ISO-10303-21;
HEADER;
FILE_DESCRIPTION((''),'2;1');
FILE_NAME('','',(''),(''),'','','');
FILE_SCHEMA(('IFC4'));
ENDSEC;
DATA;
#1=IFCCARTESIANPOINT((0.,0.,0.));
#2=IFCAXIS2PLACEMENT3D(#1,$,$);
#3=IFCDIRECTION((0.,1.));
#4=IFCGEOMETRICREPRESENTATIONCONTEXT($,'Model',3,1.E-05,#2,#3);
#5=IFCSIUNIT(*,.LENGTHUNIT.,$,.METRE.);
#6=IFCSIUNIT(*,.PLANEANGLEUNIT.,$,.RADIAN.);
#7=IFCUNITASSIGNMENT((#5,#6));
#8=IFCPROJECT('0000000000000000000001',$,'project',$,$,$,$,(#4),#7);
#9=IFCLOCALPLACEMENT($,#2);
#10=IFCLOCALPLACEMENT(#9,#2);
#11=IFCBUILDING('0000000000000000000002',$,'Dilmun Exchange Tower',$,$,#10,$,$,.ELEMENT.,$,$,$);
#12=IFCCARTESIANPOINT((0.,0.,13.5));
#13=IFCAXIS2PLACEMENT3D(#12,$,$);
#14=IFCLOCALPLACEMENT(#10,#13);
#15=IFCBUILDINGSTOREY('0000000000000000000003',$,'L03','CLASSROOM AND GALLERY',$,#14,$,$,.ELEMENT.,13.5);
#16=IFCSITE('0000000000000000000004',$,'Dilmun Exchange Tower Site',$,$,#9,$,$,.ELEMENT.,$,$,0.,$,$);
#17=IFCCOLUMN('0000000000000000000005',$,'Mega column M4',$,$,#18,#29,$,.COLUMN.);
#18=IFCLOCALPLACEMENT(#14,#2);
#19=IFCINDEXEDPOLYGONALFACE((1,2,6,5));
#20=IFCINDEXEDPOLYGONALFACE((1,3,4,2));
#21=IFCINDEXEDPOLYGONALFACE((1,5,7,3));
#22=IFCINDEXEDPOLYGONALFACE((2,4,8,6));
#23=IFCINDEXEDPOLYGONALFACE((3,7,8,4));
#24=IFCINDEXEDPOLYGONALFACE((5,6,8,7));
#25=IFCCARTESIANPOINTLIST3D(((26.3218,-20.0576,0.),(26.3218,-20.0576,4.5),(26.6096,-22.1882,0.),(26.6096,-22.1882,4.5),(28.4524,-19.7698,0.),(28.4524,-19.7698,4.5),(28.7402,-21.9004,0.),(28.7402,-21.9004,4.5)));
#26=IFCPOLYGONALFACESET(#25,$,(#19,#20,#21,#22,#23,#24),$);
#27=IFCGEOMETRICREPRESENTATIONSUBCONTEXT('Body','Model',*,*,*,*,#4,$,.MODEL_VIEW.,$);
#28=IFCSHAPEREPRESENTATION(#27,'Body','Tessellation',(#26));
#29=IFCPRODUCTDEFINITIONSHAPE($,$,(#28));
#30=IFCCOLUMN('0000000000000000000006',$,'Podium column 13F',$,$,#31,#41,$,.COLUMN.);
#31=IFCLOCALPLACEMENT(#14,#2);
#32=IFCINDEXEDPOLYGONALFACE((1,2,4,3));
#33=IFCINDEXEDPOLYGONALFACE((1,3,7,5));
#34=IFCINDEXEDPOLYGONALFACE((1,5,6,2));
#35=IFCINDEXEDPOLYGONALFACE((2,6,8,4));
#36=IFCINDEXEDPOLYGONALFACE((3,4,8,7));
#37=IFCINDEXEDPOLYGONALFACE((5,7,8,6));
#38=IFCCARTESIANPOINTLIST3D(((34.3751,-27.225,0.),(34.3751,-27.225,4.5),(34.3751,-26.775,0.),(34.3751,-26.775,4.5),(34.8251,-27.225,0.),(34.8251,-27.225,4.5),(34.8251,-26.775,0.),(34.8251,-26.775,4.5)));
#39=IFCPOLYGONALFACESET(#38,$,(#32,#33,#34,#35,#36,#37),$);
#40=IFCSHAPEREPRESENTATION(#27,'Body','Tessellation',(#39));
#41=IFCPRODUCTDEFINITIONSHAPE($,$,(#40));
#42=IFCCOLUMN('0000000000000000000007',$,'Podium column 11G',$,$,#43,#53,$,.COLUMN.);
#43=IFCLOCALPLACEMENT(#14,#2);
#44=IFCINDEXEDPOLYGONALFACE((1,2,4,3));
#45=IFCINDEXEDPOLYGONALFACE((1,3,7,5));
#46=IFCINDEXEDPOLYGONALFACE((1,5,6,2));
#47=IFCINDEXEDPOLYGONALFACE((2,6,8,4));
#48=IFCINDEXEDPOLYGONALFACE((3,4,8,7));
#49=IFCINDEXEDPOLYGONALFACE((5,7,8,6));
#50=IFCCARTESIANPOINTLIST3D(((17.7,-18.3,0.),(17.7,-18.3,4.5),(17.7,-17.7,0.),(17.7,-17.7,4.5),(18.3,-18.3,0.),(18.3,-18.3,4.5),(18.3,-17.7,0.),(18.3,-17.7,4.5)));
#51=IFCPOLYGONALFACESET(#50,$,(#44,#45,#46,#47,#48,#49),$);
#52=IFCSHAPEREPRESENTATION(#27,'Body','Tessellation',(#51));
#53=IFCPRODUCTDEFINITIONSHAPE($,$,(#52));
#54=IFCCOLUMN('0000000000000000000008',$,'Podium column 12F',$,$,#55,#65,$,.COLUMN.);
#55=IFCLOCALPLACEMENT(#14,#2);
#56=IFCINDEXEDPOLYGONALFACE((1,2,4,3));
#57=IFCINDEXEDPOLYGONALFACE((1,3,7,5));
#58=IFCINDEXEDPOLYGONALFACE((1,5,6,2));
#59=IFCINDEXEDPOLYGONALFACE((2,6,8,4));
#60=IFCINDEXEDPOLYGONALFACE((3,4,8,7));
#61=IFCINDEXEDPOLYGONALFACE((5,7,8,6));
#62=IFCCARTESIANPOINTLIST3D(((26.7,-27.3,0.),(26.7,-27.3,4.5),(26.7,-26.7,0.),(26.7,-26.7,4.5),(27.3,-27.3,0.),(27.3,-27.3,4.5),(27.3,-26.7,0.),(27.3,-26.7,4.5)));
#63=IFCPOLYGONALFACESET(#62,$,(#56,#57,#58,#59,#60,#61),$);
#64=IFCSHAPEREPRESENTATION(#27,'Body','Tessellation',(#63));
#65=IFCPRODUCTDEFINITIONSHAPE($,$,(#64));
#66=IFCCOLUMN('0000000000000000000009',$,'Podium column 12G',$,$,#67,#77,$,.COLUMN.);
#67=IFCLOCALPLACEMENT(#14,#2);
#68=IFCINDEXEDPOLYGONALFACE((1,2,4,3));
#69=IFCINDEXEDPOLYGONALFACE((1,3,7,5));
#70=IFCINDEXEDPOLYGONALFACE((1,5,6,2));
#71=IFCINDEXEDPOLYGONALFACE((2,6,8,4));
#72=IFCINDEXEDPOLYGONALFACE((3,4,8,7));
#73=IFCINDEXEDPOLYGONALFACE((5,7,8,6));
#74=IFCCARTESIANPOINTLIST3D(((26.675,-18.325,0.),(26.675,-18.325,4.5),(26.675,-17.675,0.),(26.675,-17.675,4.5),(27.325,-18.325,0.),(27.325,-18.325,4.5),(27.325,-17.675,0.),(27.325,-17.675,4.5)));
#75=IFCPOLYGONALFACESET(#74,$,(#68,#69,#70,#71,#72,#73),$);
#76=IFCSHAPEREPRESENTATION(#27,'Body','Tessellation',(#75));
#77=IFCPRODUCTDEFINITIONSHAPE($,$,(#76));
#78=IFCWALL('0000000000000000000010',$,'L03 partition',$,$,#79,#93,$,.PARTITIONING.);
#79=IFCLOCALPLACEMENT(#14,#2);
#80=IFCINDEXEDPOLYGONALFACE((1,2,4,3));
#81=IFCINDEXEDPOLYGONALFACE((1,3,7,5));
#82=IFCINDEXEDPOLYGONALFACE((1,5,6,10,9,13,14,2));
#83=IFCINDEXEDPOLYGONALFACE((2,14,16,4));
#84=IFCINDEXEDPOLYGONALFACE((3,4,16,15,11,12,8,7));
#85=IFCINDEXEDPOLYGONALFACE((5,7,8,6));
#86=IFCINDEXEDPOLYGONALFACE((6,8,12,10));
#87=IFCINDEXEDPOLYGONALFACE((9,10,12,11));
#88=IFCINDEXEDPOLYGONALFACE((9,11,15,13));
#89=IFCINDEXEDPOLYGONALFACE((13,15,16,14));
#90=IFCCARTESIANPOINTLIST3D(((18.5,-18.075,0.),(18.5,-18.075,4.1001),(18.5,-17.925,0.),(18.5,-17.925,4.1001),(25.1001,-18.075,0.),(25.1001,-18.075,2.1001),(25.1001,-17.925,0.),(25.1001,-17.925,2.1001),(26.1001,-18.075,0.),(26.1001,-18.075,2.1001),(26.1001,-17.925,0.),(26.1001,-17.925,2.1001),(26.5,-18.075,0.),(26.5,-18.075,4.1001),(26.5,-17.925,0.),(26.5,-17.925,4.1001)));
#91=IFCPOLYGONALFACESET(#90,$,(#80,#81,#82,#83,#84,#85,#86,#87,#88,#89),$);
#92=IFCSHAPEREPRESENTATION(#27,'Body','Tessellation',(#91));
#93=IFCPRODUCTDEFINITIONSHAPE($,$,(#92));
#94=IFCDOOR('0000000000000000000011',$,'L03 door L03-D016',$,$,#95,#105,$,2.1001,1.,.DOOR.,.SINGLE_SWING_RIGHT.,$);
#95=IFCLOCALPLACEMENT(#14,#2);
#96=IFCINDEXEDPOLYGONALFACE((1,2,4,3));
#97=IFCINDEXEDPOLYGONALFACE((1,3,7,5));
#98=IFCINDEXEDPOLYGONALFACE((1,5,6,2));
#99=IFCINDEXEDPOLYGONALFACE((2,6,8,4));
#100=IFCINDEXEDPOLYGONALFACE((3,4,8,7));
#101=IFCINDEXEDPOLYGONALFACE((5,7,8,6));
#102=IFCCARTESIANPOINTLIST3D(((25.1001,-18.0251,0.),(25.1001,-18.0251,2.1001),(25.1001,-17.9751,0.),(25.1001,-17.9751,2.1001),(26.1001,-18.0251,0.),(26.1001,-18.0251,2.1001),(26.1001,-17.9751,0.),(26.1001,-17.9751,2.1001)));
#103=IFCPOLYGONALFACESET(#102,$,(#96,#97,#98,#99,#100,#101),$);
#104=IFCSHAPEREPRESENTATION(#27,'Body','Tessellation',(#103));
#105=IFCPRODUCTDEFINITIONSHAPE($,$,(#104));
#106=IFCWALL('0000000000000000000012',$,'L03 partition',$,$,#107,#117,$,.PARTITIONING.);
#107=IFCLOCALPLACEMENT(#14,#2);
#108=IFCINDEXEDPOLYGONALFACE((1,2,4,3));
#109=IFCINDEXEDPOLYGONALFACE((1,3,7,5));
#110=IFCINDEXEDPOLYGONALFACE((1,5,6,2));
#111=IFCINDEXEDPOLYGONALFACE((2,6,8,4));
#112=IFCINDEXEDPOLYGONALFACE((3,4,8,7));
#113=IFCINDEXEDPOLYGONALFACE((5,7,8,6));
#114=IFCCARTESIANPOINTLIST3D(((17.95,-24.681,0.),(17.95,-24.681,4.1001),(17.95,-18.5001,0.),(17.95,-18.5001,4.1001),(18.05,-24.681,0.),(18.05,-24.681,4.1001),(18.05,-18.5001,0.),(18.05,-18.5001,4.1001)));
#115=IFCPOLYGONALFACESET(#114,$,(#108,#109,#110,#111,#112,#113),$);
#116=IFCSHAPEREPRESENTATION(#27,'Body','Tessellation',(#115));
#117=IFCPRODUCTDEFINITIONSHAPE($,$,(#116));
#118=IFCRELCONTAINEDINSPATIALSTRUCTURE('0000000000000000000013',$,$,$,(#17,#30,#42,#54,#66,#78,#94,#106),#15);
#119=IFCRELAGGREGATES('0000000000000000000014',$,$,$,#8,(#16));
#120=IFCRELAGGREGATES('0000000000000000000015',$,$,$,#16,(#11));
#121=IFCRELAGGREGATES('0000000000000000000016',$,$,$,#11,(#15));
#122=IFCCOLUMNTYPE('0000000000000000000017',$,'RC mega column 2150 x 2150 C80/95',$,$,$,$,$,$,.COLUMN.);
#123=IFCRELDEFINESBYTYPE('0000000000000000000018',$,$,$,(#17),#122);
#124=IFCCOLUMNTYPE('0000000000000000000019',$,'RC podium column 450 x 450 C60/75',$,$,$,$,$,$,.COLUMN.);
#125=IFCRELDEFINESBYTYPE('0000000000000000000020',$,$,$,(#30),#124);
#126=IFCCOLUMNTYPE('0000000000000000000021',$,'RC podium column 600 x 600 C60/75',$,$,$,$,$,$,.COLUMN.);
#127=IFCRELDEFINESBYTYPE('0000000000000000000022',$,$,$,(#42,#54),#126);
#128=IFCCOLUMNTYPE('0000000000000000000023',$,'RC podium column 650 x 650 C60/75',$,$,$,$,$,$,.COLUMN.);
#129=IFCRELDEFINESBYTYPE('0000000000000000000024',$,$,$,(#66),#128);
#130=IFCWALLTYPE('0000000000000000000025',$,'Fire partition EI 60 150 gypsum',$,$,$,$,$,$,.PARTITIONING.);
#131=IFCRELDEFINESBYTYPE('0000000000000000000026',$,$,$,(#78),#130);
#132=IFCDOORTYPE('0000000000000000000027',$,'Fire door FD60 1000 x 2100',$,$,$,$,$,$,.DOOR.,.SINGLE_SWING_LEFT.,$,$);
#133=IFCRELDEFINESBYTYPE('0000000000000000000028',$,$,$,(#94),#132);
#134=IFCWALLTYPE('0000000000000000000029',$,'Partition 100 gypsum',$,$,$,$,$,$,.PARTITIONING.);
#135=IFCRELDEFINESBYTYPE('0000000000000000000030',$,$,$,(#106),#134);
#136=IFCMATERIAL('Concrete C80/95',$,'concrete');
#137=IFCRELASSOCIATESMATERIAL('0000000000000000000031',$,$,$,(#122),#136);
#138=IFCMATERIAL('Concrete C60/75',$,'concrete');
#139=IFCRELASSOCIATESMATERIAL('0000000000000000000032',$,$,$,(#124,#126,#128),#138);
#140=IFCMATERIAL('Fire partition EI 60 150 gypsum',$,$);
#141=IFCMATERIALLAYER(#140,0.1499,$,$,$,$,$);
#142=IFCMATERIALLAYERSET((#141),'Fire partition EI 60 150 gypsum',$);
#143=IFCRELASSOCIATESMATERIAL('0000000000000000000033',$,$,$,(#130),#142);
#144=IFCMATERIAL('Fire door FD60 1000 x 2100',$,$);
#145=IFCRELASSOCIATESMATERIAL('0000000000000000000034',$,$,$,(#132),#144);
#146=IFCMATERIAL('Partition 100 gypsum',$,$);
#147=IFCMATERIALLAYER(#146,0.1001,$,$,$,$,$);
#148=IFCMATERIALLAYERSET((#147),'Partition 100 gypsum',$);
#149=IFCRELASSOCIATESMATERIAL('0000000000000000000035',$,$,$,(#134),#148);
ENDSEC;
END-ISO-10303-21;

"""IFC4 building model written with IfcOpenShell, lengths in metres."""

from ifc_helpers import new_model, si_unit, direction, frame, frame_2d, origin, origin_2d, place, context, subcontext, project, spatial, rectangle, extrude, material, layer, layer_set, material_profile, profile_set, type_object, element, fill, save


model = new_model("IFC4")

# Units and contexts
model_context = context("Model", 3, precision=1e-05, world=origin(), true_north=direction((0.0, 1.0)))
body_context = subcontext(model_context, "Body", "Model", "MODEL_VIEW")
ifc_project = project(units=[si_unit("LENGTHUNIT", "METRE"), si_unit("PLANEANGLEUNIT", "RADIAN")], contexts=[model_context])

# Site, building, storey
site_placement = place(None, origin())
site = spatial("IfcSite", under=ifc_project, at=site_placement, Name="Dilmun Exchange Tower Site", CompositionType="ELEMENT", RefElevation=0.0)
building_placement = place(site_placement, origin())
building = spatial("IfcBuilding", under=site, at=building_placement, Name="Dilmun Exchange Tower", CompositionType="ELEMENT")
storey_placement = place(building_placement, frame((0.0, 0.0, 13.5)))
storey = spatial("IfcBuildingStorey", under=building, at=storey_placement, Name="L03", Description="CLASSROOM AND GALLERY", CompositionType="ELEMENT", Elevation=13.5)

# Columns
ifc_material_1 = material(Name="Concrete C80/95", Category="concrete")
ifc_material_profile_1 = material_profile(ifc_material_1, rectangle(XDim=2.1499, YDim=2.1499, at=origin_2d()), Name="2150 x 2150")
ifc_profile_set_1 = profile_set([ifc_material_profile_1], Name="Concrete C80/95")
column_type_1 = type_object("IfcColumnType", Name="RC mega column 2150 x 2150 C80/95", PredefinedType="COLUMN", material=ifc_profile_set_1)
column_1_placement = place(storey_placement, frame((27.531, -20.979, 0.0), z_axis=(0.0, 0.0, 1.0), x_axis=(0.991001, 0.133853, 0.0)))
element("IfcColumn", 1, at=column_1_placement, inside=storey, type_object=column_type_1, Name="Mega column M4", PredefinedType="COLUMN", context=body_context, shape_type="SweptSolid", body=[
    extrude(rectangle(XDim=2.1499, YDim=2.1499, at=origin_2d()), origin(), (0.0, 0.0, 1.0), 4.5),
])
ifc_material_2 = material(Name="Concrete C60/75", Category="concrete")
ifc_material_profile_2 = material_profile(ifc_material_2, rectangle(XDim=0.45, YDim=0.45, at=origin_2d()), Name="450 x 450")
ifc_profile_set_2 = profile_set([ifc_material_profile_2], Name="Concrete C60/75")
column_type_2 = type_object("IfcColumnType", Name="RC podium column 450 x 450 C60/75", PredefinedType="COLUMN", material=ifc_profile_set_2)
column_2_placement = place(storey_placement, frame((34.6001, -27.0, 0.0), z_axis=(0.0, 0.0, 1.0), x_axis=(1.0, 0.0, 0.0)))
element("IfcColumn", 2, at=column_2_placement, inside=storey, type_object=column_type_2, Name="Podium column 13F", PredefinedType="COLUMN", context=body_context, shape_type="SweptSolid", body=[
    extrude(rectangle(XDim=0.45, YDim=0.45, at=origin_2d()), origin(), (0.0, 0.0, 1.0), 4.5),
])
ifc_material_profile_3 = material_profile(ifc_material_2, rectangle(XDim=0.6001, YDim=0.6001, at=origin_2d()), Name="600 x 600")
ifc_profile_set_3 = profile_set([ifc_material_profile_3], Name="Concrete C60/75")
column_type_3 = type_object("IfcColumnType", Name="RC podium column 600 x 600 C60/75", PredefinedType="COLUMN", material=ifc_profile_set_3)
for number, where, z_axis, x_axis, name in (
    (3, (18.0, -18.0, 0.0), (0.0, 0.0, 1.0), (1.0, 0.0, 0.0), "Podium column 11G"),
    (4, (27.0, -27.0, 0.0), (0.0, 0.0, 1.0), (1.0, 0.0, 0.0), "Podium column 12F"),
):
    element("IfcColumn", number, at=place(storey_placement, frame(where, z_axis=z_axis, x_axis=x_axis)), inside=storey, type_object=column_type_3, Name=name, PredefinedType="COLUMN", context=body_context, shape_type="SweptSolid", body=[
        extrude(rectangle(XDim=0.6001, YDim=0.6001, at=origin_2d()), origin(), (0.0, 0.0, 1.0), 4.5),
    ])
ifc_material_profile_4 = material_profile(ifc_material_2, rectangle(XDim=0.6499, YDim=0.6499, at=origin_2d()), Name="650 x 650")
ifc_profile_set_4 = profile_set([ifc_material_profile_4], Name="Concrete C60/75")
column_type_4 = type_object("IfcColumnType", Name="RC podium column 650 x 650 C60/75", PredefinedType="COLUMN", material=ifc_profile_set_4)
column_3_placement = place(storey_placement, frame((27.0, -18.0, 0.0), z_axis=(0.0, 0.0, 1.0), x_axis=(1.0, 0.0, 0.0)))
element("IfcColumn", 5, at=column_3_placement, inside=storey, type_object=column_type_4, Name="Podium column 12G", PredefinedType="COLUMN", context=body_context, shape_type="SweptSolid", body=[
    extrude(rectangle(XDim=0.6499, YDim=0.6499, at=origin_2d()), origin(), (0.0, 0.0, 1.0), 4.5),
])

# Wall, opening, door
ifc_material_3 = material(Name="Fire partition EI 60 150 gypsum")
ifc_layer_1 = layer(ifc_material_3, 0.1499)
ifc_layer_set_1 = layer_set([ifc_layer_1], Name="Fire partition EI 60 150 gypsum")
wall_type_1 = type_object("IfcWallType", Name="Fire partition EI 60 150 gypsum", PredefinedType="PARTITIONING", material=ifc_layer_set_1)
wall_1_placement = place(storey_placement, frame((18.5, -18.0, 0.0), z_axis=(0.0, 0.0, 1.0), x_axis=(1.0, 0.0, 0.0)))
wall_1 = element("IfcWall", 6, at=wall_1_placement, inside=storey, type_object=wall_type_1, Name="L03 partition", PredefinedType="PARTITIONING", context=body_context, shape_type="SweptSolid", body=[
    extrude(rectangle(XDim=8.0, YDim=0.1499, at=frame_2d((4.0, 0.0))), origin(), (0.0, 0.0, 1.0), 4.1001),
])
opening_1_placement = place(wall_1_placement, frame((6.6001, 0.0, 0.0)))
opening_1 = element("IfcOpeningElement", 7, at=opening_1_placement, cuts=wall_1, PredefinedType="OPENING", context=body_context, shape_type="SweptSolid", body=[
    extrude(rectangle(XDim=1.0, YDim=2.1001, at=frame_2d((0.5, 1.05))), frame((0.0, 0.085, 0.0), z_axis=(0.0, -1.0, 0.0), x_axis=(1.0, 0.0, 0.0)), (0.0, 0.0, 1.0), 0.1699),
])
ifc_material_4 = material(Name="Fire door FD60 1000 x 2100")
door_type = type_object("IfcDoorType", Name="Fire door FD60 1000 x 2100", OperationType="SINGLE_SWING_LEFT", PredefinedType="DOOR", material=ifc_material_4)
door_placement = place(opening_1_placement, origin())
door = element("IfcDoor", 8, at=door_placement, inside=storey, type_object=door_type, Name="L03 door L03-D016", OperationType="SINGLE_SWING_RIGHT", OverallHeight=2.1001, OverallWidth=1.0, PredefinedType="DOOR", context=body_context, shape_type="SweptSolid", body=[
    extrude(rectangle(XDim=1.0, YDim=2.1001, at=frame_2d((0.5, 1.05))), frame((0.0, 0.0249, 0.0), z_axis=(0.0, -1.0, 0.0), x_axis=(1.0, 0.0, 0.0)), (0.0, 0.0, 1.0), 0.05),
])
fill(opening_1, door)

# Wall
ifc_material_5 = material(Name="Partition 100 gypsum")
ifc_layer_2 = layer(ifc_material_5, 0.1001)
ifc_layer_set_2 = layer_set([ifc_layer_2], Name="Partition 100 gypsum")
wall_type_2 = type_object("IfcWallType", Name="Partition 100 gypsum", PredefinedType="PARTITIONING", material=ifc_layer_set_2)
wall_2_placement = place(storey_placement, frame((18.0, -24.6809, 0.0), z_axis=(0.0, 0.0, 1.0), x_axis=(0.0, 1.0, 0.0)))
element("IfcWall", 9, at=wall_2_placement, inside=storey, type_object=wall_type_2, Name="L03 partition", PredefinedType="PARTITIONING", context=body_context, shape_type="SweptSolid", body=[
    extrude(rectangle(XDim=6.1809, YDim=0.1001, at=frame_2d((3.0903, 0.0))), origin(), (0.0, 0.0, 1.0), 4.1001),
])

save(model, "model.ifc")
